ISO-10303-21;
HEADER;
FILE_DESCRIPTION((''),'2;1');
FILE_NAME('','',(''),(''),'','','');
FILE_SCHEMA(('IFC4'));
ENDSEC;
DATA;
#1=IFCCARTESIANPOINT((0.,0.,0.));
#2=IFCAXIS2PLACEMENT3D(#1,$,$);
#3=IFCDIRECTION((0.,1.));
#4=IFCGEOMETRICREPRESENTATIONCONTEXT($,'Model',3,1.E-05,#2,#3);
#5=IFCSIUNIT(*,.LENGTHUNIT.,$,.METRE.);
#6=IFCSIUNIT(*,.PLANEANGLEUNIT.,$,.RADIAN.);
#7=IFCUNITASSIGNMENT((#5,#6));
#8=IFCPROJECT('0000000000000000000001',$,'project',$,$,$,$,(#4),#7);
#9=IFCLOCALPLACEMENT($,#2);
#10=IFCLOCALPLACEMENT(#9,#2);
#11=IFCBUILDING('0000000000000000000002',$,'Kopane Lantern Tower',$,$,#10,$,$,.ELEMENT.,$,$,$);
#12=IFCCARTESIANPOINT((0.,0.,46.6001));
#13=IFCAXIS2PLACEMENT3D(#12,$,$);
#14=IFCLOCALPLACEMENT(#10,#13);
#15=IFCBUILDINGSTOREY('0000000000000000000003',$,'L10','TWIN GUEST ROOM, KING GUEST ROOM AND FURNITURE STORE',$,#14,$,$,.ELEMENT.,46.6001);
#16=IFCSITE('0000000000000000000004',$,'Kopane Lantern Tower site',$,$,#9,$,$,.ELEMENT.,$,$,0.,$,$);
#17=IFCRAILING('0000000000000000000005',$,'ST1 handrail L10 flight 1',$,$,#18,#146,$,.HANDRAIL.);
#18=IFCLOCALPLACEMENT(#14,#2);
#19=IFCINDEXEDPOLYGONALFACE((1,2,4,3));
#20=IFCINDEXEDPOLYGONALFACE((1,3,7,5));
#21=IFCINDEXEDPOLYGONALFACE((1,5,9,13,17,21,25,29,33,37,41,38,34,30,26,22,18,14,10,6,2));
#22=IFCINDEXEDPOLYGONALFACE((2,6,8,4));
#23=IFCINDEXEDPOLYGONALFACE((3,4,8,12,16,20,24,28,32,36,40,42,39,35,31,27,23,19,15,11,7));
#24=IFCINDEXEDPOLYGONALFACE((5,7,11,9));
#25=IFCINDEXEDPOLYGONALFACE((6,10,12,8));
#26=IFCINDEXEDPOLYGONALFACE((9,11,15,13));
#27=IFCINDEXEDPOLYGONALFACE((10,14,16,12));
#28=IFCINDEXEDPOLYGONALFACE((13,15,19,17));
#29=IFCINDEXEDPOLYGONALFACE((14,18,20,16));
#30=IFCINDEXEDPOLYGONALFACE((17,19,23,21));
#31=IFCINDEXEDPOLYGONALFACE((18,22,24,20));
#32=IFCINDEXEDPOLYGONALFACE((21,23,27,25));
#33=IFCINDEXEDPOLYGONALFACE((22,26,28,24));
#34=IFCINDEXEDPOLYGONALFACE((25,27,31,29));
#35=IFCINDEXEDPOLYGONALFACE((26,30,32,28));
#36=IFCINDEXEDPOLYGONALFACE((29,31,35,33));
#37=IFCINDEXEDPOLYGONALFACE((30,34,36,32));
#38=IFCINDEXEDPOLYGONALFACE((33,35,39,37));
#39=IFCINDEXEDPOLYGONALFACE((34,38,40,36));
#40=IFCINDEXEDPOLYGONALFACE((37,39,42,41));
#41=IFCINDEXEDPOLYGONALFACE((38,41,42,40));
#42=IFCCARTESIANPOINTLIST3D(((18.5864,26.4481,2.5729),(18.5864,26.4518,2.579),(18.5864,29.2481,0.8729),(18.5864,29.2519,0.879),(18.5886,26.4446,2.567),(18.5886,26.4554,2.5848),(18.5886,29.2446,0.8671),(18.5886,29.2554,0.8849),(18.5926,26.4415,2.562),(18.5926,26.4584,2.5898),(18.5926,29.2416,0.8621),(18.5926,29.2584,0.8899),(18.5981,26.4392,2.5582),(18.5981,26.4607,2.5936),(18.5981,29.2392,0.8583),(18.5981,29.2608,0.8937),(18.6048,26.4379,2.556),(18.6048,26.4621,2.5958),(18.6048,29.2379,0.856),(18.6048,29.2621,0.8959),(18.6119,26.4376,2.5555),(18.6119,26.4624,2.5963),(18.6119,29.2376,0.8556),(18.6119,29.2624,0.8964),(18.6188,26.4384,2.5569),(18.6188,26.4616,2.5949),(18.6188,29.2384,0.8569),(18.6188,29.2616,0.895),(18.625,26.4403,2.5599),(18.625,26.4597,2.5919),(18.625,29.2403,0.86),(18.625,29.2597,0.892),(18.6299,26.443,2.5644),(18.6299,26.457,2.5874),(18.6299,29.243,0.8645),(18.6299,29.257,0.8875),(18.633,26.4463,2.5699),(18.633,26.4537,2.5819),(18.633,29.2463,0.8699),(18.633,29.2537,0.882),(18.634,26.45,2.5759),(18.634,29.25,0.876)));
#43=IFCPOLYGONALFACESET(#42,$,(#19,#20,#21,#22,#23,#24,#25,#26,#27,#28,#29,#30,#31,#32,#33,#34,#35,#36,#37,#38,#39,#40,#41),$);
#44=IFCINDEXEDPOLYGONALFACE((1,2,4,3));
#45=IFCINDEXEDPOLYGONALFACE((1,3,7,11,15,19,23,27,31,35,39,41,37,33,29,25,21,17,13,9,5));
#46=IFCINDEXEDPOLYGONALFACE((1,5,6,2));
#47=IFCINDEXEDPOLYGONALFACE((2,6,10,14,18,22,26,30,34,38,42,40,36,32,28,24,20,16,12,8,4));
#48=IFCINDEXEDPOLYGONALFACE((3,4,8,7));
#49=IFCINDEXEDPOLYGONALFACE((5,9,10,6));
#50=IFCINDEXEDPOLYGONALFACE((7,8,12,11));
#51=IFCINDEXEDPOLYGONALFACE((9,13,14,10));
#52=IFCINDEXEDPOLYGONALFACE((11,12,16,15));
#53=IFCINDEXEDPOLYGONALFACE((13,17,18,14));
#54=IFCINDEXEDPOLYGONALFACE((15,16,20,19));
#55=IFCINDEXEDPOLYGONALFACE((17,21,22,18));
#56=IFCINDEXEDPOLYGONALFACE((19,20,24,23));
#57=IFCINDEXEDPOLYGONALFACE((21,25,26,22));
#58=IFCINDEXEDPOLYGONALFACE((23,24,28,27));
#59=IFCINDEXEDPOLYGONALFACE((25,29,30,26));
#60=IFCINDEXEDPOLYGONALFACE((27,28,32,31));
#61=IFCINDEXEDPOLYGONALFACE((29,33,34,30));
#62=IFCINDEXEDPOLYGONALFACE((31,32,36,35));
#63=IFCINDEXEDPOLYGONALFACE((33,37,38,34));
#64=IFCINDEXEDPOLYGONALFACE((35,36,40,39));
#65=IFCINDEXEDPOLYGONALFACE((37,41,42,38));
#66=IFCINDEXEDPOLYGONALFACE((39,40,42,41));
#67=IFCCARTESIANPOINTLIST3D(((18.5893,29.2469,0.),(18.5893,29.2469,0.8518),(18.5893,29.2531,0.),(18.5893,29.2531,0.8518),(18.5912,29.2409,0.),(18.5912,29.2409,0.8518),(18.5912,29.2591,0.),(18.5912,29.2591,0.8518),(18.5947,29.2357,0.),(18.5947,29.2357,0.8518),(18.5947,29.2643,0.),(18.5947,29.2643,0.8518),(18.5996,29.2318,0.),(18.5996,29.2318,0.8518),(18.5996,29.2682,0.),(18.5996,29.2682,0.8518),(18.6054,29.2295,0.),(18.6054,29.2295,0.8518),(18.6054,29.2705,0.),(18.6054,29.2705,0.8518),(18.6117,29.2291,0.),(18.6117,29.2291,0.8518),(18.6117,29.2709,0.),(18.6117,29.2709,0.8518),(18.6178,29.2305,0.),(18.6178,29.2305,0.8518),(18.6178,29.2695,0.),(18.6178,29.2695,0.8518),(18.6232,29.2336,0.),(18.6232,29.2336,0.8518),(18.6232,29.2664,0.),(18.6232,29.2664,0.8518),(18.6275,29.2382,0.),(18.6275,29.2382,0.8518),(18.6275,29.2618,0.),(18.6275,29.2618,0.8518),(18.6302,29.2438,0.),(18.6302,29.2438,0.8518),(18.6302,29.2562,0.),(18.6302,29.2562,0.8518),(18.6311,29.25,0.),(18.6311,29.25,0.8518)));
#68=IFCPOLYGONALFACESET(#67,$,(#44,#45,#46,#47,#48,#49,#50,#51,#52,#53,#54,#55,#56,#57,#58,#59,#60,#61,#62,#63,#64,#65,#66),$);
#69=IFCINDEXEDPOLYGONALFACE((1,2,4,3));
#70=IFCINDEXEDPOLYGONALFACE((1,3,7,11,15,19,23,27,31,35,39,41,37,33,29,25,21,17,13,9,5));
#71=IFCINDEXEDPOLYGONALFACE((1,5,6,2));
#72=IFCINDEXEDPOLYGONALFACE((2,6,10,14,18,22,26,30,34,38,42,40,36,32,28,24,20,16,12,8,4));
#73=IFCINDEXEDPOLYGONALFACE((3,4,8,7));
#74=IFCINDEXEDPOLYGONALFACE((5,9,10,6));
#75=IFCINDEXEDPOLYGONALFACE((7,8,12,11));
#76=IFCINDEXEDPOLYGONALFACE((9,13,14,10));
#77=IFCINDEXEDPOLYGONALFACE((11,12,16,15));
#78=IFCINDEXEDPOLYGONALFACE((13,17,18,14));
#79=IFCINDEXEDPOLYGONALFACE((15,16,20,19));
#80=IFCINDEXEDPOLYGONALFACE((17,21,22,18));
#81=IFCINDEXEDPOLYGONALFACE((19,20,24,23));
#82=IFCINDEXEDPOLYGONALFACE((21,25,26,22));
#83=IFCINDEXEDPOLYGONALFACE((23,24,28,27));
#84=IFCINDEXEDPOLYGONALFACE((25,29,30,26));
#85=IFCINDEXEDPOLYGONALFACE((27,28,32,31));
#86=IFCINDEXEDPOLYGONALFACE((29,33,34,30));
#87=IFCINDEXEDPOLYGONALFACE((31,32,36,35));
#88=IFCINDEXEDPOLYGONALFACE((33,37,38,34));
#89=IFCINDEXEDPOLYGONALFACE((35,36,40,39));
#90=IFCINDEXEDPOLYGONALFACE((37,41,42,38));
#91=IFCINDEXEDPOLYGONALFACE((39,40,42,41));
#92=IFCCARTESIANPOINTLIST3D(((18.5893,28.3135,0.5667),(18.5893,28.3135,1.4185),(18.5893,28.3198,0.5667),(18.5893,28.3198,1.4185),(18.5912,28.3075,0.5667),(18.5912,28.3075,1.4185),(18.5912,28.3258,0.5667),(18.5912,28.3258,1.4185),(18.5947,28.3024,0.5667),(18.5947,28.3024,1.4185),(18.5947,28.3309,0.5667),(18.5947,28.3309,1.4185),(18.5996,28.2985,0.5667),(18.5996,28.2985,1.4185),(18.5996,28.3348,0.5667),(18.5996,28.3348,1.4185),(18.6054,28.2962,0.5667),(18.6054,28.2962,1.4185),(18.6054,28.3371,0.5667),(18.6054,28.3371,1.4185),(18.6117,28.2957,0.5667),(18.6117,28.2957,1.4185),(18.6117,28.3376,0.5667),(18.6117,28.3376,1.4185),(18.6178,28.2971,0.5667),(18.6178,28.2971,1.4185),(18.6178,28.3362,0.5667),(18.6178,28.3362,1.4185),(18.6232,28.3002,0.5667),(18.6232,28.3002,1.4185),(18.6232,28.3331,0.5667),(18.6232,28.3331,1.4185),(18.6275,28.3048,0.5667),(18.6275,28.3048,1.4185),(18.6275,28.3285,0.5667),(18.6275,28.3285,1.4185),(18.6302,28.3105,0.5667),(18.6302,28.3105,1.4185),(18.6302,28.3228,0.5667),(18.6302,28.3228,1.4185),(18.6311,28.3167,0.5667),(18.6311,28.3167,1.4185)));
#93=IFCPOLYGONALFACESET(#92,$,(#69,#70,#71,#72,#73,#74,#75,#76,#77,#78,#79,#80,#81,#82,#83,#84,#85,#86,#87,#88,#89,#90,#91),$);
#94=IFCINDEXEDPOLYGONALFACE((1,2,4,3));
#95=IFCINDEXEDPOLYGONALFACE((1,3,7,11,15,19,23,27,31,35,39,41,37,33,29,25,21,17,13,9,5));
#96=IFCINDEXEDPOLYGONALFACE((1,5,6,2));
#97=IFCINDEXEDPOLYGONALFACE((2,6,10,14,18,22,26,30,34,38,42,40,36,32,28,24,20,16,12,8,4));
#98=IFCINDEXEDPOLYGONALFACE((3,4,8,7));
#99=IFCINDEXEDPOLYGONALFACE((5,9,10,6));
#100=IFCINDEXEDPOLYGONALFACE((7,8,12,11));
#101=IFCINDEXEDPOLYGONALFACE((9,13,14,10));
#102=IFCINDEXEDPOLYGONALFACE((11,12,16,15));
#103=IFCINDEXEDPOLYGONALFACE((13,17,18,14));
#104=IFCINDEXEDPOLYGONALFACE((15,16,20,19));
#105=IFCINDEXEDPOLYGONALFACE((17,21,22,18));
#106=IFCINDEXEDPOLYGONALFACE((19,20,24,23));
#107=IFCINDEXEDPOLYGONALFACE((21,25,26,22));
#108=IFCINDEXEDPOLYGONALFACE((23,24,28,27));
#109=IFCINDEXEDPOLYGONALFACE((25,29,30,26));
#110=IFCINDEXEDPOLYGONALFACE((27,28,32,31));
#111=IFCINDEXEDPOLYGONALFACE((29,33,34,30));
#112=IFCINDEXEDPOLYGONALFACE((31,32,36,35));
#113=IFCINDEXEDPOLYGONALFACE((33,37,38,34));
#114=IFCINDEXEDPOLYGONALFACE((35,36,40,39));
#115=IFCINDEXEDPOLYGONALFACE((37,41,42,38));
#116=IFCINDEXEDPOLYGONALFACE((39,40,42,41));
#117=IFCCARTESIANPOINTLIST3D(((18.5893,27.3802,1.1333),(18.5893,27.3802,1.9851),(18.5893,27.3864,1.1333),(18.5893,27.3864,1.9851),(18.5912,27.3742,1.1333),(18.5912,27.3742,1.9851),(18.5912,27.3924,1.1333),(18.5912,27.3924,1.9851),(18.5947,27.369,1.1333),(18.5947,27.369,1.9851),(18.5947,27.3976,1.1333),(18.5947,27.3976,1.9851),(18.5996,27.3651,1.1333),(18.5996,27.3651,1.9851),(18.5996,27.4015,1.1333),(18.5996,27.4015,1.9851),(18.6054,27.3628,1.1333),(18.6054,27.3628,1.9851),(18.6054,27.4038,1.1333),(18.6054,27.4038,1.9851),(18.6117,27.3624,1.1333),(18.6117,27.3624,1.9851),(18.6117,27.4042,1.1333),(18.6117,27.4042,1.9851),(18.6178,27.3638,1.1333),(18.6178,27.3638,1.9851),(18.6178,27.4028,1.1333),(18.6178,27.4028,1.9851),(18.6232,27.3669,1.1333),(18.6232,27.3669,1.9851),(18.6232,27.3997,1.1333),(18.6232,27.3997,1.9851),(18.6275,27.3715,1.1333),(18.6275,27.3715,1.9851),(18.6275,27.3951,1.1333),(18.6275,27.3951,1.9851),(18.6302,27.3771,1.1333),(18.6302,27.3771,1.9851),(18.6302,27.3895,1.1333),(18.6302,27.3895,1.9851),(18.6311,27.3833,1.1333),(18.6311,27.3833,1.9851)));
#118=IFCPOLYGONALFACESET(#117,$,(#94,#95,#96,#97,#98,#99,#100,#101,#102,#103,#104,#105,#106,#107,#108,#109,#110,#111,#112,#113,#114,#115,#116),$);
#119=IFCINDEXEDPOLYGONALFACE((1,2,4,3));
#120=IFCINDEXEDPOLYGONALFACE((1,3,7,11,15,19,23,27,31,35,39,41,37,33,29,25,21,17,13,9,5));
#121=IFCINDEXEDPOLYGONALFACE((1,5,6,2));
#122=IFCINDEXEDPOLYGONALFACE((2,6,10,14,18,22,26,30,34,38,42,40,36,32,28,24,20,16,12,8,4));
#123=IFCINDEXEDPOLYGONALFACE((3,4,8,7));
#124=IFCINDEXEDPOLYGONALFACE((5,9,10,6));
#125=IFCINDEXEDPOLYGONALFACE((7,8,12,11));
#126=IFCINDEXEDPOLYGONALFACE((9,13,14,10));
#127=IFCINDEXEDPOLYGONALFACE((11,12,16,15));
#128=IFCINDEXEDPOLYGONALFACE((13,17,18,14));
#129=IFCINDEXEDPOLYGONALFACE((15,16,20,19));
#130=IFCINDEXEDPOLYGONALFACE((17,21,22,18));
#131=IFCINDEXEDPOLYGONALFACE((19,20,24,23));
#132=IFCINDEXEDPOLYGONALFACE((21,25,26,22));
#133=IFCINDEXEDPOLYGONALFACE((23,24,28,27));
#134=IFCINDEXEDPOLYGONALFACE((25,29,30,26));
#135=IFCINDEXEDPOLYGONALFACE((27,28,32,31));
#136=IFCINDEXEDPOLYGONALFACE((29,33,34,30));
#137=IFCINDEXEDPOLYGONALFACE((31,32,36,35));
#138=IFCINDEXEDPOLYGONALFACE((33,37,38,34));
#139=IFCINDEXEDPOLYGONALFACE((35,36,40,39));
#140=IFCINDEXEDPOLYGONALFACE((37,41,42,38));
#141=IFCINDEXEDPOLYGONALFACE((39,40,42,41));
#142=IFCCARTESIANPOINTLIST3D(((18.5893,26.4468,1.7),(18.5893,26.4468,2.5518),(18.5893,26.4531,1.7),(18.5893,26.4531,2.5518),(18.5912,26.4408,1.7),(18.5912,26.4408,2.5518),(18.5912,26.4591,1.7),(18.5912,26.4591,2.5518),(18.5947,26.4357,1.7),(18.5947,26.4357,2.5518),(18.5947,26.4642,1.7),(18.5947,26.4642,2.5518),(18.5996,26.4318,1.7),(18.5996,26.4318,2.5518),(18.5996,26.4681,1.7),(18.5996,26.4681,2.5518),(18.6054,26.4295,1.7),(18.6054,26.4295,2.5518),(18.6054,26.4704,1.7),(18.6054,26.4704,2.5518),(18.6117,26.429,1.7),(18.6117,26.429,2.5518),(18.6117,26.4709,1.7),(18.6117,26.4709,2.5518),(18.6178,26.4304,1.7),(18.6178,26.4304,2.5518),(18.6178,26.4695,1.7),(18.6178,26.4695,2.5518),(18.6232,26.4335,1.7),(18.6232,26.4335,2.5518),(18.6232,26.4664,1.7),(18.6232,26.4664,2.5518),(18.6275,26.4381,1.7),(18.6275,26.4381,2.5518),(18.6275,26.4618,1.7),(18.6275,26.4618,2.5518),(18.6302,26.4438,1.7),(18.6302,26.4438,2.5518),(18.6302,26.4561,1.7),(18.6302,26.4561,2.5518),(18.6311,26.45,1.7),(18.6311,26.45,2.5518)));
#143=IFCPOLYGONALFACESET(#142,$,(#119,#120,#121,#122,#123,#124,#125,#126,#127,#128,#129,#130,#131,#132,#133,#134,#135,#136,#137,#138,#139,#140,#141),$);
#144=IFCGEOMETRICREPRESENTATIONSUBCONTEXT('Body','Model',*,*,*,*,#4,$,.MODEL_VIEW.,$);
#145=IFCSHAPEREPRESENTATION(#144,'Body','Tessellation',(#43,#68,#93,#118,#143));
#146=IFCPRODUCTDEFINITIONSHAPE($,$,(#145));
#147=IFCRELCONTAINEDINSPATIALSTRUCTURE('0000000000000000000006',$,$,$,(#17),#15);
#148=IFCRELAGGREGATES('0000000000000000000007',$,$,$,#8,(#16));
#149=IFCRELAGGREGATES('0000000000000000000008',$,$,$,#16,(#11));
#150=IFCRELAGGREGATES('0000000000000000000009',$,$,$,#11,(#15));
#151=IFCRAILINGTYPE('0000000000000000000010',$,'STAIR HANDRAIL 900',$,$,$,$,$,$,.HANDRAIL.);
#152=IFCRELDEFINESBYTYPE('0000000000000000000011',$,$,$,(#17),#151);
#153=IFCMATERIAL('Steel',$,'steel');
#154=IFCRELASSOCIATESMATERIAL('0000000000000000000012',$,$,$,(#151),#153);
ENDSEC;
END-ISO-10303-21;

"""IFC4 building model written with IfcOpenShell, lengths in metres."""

from ifc_helpers import new_model, si_unit, direction, frame, origin, origin_2d, place, context, subcontext, project, spatial, circle, extrude, material, type_object, element, save


model = new_model("IFC4")

# Units and contexts
model_context = context("Model", 3, precision=1e-05, world=origin(), true_north=direction((0.0, 1.0)))
body_context = subcontext(model_context, "Body", "Model", "MODEL_VIEW")
ifc_project = project(units=[si_unit("LENGTHUNIT", "METRE"), si_unit("PLANEANGLEUNIT", "RADIAN")], contexts=[model_context])

# Site, building, storey
site_placement = place(None, origin())
site = spatial("IfcSite", under=ifc_project, at=site_placement, Name="Kopane Lantern Tower site", CompositionType="ELEMENT", RefElevation=0.0)
building_placement = place(site_placement, origin())
building = spatial("IfcBuilding", under=site, at=building_placement, Name="Kopane Lantern Tower", CompositionType="ELEMENT")
storey_placement = place(building_placement, frame((0.0, 0.0, 46.6001)))
storey = spatial("IfcBuildingStorey", under=building, at=storey_placement, Name="L10", Description="TWIN GUEST ROOM, KING GUEST ROOM AND FURNITURE STORE", CompositionType="ELEMENT", Elevation=46.6001)

# Railing
ifc_material_1 = material(Name="Steel", Category="steel")
railing_type_1 = type_object("IfcRailingType", Name="STAIR HANDRAIL 900", PredefinedType="HANDRAIL", material=ifc_material_1)
for number, where, name in (
    (1, (18.6101, 29.25, 0.0), "ST1 handrail L10 flight 1"),
):
    element("IfcRailing", number, at=place(storey_placement, frame(where)), inside=storey, type_object=railing_type_1, Name=name, PredefinedType="HANDRAIL", context=body_context, shape_type="SweptSolid", body=[
        extrude(circle(Radius=0.0239, at=origin_2d()), frame((0.0, 0.0, 0.876), z_axis=(0.0, -0.854798, 0.518961), x_axis=(1.0, 0.0, 0.0)), (0.0, 0.0, 1.0), 3.2756),
        extrude(circle(Radius=0.021, at=origin_2d()), origin(), (0.0, 0.0, 1.0), 0.8518),
        extrude(circle(Radius=0.021, at=origin_2d()), frame((0.0, -0.9333, 0.5667)), (0.0, 0.0, 1.0), 0.8518),
        extrude(circle(Radius=0.021, at=origin_2d()), frame((0.0, -1.8667, 1.1333)), (0.0, 0.0, 1.0), 0.8518),
        extrude(circle(Radius=0.021, at=origin_2d()), frame((0.0, -2.8, 1.7)), (0.0, 0.0, 1.0), 0.8518),
    ])

save(model, "model.ifc")
